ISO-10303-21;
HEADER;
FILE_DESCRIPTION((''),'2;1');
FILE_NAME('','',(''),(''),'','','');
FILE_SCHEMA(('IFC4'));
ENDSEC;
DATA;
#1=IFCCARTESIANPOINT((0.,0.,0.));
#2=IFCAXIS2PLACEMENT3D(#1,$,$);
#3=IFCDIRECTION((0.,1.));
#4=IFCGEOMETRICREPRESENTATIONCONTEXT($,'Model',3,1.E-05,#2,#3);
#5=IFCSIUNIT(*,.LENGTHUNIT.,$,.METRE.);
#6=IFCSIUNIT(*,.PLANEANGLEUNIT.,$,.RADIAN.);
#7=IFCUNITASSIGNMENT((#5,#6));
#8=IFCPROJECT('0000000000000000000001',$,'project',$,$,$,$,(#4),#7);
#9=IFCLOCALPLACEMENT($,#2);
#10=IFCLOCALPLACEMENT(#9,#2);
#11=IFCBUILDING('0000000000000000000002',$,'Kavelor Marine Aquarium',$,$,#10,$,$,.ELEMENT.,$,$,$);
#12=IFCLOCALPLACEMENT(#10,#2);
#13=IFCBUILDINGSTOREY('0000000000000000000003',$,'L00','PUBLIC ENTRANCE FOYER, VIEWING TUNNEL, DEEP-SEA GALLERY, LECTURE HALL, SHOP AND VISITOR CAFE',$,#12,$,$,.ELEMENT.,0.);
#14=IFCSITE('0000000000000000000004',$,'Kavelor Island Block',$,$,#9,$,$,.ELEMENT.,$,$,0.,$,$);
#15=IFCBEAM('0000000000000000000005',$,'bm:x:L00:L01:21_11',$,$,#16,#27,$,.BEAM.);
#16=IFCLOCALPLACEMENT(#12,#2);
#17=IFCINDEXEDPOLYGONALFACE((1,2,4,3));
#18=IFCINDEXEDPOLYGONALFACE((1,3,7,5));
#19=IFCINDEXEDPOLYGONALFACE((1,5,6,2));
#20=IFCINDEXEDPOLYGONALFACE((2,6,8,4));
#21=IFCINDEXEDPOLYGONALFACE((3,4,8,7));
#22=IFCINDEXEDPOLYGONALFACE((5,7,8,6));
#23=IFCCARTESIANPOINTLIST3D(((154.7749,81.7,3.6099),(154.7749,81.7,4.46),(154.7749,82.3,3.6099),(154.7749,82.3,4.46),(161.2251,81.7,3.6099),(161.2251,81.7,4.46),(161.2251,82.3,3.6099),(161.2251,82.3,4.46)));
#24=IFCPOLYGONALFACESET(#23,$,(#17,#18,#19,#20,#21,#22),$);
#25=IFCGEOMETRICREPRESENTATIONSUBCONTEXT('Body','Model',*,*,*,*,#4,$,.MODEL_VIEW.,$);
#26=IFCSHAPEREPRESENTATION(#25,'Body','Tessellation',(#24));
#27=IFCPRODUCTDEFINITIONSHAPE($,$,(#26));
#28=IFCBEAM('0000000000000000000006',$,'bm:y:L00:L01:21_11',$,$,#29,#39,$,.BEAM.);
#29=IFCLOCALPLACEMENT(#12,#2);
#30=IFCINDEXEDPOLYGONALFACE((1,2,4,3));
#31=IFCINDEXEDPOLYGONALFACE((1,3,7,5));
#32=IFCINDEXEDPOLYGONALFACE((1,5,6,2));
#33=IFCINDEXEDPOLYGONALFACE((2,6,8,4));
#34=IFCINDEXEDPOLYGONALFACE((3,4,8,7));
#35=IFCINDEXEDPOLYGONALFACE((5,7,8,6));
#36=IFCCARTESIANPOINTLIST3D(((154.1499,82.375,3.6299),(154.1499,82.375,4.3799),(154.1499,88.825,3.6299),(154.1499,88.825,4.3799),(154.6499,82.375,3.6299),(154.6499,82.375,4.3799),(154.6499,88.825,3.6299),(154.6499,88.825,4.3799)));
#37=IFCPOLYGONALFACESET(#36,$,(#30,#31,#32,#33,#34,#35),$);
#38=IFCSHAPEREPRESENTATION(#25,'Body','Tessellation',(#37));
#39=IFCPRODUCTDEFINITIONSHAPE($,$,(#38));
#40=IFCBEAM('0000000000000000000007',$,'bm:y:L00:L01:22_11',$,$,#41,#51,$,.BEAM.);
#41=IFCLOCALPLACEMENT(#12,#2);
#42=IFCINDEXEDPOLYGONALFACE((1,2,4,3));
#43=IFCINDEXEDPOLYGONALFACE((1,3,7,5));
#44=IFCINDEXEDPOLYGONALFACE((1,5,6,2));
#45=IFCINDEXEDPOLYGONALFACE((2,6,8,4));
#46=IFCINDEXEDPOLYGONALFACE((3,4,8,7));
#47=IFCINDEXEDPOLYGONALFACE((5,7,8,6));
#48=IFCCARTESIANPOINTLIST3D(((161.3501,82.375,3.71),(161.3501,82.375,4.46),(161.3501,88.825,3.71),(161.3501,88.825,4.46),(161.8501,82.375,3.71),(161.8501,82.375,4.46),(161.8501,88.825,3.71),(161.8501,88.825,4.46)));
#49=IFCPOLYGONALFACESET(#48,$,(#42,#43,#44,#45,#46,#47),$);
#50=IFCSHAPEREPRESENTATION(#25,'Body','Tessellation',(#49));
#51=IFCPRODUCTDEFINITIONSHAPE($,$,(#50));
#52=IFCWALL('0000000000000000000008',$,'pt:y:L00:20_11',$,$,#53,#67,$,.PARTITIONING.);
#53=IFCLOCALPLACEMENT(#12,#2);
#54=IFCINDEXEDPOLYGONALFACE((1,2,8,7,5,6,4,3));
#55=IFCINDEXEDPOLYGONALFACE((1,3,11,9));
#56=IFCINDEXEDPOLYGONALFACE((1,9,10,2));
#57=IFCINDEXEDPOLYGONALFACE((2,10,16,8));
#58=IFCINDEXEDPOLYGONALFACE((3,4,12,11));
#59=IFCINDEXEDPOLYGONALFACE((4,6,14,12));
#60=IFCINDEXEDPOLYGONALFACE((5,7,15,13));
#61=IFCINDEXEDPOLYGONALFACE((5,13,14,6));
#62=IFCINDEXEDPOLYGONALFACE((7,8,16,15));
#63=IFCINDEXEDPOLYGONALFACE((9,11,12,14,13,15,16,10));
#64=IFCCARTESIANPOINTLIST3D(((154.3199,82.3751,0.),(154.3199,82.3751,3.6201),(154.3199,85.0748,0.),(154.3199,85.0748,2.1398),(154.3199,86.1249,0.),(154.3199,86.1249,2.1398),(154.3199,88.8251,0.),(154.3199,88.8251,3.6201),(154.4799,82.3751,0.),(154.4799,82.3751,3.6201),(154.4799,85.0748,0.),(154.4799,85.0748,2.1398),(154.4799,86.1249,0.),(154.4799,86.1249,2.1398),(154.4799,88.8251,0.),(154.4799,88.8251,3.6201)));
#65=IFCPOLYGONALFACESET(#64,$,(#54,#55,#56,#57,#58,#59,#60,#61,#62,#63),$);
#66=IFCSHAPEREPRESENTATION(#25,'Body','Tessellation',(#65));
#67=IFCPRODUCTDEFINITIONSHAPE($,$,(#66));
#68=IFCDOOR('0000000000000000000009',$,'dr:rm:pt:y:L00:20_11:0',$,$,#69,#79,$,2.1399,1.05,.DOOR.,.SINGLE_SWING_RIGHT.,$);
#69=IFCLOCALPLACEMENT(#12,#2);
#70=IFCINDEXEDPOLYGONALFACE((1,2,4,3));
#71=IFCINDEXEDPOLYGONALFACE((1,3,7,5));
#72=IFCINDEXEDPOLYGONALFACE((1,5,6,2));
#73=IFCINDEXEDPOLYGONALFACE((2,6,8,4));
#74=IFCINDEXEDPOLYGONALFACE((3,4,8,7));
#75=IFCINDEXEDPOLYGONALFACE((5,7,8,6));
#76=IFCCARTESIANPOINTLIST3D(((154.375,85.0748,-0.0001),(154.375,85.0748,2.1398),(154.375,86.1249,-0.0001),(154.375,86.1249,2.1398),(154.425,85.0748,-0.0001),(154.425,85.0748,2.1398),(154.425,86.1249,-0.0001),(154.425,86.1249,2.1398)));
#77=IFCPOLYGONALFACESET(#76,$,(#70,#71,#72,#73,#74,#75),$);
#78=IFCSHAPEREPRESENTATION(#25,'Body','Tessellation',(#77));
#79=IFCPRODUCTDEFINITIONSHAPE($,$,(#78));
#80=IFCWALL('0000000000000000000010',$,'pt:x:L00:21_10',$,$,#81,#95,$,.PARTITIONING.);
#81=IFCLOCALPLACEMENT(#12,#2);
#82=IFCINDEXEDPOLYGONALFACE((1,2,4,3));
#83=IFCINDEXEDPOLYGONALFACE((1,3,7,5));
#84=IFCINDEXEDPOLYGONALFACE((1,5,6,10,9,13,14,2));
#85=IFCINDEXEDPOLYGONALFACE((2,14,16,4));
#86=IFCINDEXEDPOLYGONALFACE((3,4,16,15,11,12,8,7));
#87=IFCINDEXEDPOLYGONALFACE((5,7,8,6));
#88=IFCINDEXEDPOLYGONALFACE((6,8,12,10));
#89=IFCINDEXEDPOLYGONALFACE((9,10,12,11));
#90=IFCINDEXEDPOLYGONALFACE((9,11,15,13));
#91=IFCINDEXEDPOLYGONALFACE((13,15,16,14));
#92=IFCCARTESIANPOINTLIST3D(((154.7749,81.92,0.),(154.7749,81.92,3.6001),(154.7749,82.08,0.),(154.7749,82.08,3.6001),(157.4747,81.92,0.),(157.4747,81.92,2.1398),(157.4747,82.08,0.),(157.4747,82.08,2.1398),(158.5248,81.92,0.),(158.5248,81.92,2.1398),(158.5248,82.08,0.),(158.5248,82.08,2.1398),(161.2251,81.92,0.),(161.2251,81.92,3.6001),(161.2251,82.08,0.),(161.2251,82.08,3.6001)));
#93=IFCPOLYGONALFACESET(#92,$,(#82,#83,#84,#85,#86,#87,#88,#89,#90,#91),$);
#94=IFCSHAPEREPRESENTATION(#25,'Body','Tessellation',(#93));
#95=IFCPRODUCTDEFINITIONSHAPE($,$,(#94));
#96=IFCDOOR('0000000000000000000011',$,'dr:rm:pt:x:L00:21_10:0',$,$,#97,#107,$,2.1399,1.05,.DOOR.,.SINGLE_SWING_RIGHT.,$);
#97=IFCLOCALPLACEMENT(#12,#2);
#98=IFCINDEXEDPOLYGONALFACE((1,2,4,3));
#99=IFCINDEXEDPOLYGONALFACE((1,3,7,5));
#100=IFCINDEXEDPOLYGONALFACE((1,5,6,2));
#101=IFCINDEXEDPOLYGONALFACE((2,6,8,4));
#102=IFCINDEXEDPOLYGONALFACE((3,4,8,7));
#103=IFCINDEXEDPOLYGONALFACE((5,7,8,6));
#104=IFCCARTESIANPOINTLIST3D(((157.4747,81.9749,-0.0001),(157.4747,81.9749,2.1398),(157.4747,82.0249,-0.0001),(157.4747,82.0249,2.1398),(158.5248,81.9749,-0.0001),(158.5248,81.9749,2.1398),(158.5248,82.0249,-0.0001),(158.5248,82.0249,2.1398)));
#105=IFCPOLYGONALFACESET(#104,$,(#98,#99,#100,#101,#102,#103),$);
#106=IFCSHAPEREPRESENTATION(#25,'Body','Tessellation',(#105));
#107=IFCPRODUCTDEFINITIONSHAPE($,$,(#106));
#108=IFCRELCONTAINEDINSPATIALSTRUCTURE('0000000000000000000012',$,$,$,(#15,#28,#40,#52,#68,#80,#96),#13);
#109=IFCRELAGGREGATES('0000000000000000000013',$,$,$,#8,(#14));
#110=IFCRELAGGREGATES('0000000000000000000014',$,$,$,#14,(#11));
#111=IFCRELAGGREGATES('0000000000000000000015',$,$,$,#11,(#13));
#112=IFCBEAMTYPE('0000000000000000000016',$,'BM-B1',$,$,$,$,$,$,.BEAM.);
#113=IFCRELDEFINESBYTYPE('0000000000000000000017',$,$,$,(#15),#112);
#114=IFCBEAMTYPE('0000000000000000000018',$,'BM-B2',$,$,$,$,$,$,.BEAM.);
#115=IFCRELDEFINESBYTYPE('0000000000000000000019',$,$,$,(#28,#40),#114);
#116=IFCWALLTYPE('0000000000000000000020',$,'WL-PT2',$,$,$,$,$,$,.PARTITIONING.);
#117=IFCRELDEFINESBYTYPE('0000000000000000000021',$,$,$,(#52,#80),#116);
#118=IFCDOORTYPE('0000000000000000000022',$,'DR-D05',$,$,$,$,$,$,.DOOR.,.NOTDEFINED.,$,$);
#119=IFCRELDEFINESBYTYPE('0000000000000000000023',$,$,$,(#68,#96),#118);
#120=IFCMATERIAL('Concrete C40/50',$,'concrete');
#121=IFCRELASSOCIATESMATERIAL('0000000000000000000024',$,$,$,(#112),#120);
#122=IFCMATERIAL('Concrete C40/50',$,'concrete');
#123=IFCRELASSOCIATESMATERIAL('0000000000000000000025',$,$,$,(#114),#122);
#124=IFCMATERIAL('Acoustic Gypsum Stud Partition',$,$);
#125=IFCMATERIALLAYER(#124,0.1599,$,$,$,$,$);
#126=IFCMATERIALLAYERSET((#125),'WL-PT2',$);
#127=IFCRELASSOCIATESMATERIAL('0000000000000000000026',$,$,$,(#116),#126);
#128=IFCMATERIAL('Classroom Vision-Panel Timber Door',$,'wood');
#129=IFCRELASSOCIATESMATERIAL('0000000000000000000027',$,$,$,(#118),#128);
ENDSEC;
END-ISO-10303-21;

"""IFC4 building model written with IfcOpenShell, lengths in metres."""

from ifc_helpers import new_model, si_unit, direction, frame, frame_2d, origin, origin_2d, place, context, subcontext, project, spatial, rectangle, extrude, material, layer, layer_set, material_profile, profile_set, type_object, element, fill, save


model = new_model("IFC4")

# Units and contexts
model_context = context("Model", 3, precision=1e-05, world=origin(), true_north=direction((0.0, 1.0)))
body_context = subcontext(model_context, "Body", "Model", "MODEL_VIEW")
ifc_project = project(units=[si_unit("LENGTHUNIT", "METRE"), si_unit("PLANEANGLEUNIT", "RADIAN")], contexts=[model_context])

# Site, building, storey
site_placement = place(None, origin())
site = spatial("IfcSite", under=ifc_project, at=site_placement, Name="Kavelor Island Block", CompositionType="ELEMENT", RefElevation=0.0)
building_placement = place(site_placement, origin())
building = spatial("IfcBuilding", under=site, at=building_placement, Name="Kavelor Marine Aquarium", CompositionType="ELEMENT")
storey_placement = place(building_placement, origin())
storey = spatial("IfcBuildingStorey", under=building, at=storey_placement, Name="L00", Description="PUBLIC ENTRANCE FOYER, VIEWING TUNNEL, DEEP-SEA GALLERY, LECTURE HALL, SHOP AND VISITOR CAFE", CompositionType="ELEMENT", Elevation=0.0)

# Beams
ifc_material_1 = material(Name="Concrete C40/50", Category="concrete")
ifc_material_profile_1 = material_profile(ifc_material_1, rectangle(XDim=0.6001, YDim=0.8501, at=origin_2d()), Name="RC-BM 600x850")
ifc_profile_set_1 = profile_set([ifc_material_profile_1], Name="Concrete C40/50")
beam_type_1 = type_object("IfcBeamType", Name="BM-B1", PredefinedType="BEAM", material=ifc_profile_set_1)
beam_placement = place(storey_placement, frame((154.7749, 82.0, 4.0349), z_axis=(1.0, 0.0, 0.0), x_axis=(0.0, 1.0, 0.0)))
element("IfcBeam", 1, at=beam_placement, inside=storey, type_object=beam_type_1, Name="bm:x:L00:L01:21_11", PredefinedType="BEAM", context=body_context, shape_type="SweptSolid", body=[
    extrude(rectangle(XDim=0.6001, YDim=0.8501, at=origin_2d()), origin(), (0.0, 0.0, 1.0), 6.4502),
])
ifc_material_2 = material(Name="Concrete C40/50", Category="concrete")
ifc_material_profile_2 = material_profile(ifc_material_2, rectangle(XDim=0.5, YDim=0.75, at=origin_2d()), Name="RC-BM 500x750")
ifc_profile_set_2 = profile_set([ifc_material_profile_2], Name="Concrete C40/50")
beam_type_2 = type_object("IfcBeamType", Name="BM-B2", PredefinedType="BEAM", material=ifc_profile_set_2)
for number, where, z_axis, x_axis, name in (
    (2, (154.3999, 82.375, 4.0049), (0.0, 1.0, 0.0), (-1.0, 0.0, 0.0), "bm:y:L00:L01:21_11"),
    (3, (161.6001, 82.375, 4.085), (0.0, 1.0, 0.0), (-1.0, 0.0, 0.0), "bm:y:L00:L01:22_11"),
):
    element("IfcBeam", number, at=place(storey_placement, frame(where, z_axis=z_axis, x_axis=x_axis)), inside=storey, type_object=beam_type_2, Name=name, PredefinedType="BEAM", context=body_context, shape_type="SweptSolid", body=[
        extrude(rectangle(XDim=0.5, YDim=0.75, at=origin_2d()), origin(), (0.0, 0.0, 1.0), 6.45),
    ])

# Walls, openings, doors
ifc_material_3 = material(Name="Acoustic Gypsum Stud Partition")
ifc_layer = layer(ifc_material_3, 0.1599)
ifc_layer_set = layer_set([ifc_layer], Name="WL-PT2")
wall_type = type_object("IfcWallType", Name="WL-PT2", PredefinedType="PARTITIONING", material=ifc_layer_set)
wall_1_placement = place(storey_placement, frame((154.3999, 82.375, 0.0), z_axis=(0.0, 0.0, 1.0), x_axis=(0.0, 1.0, 0.0)))
wall_1 = element("IfcWall", 4, at=wall_1_placement, inside=storey, type_object=wall_type, Name="pt:y:L00:20_11", PredefinedType="PARTITIONING", context=body_context, shape_type="SweptSolid", body=[
    extrude(rectangle(XDim=6.45, YDim=0.1599, at=frame_2d((3.2251, 0.0))), origin(), (0.0, 0.0, 1.0), 3.6201),
])
opening_1_placement = place(wall_1_placement, frame((2.7, 0.0, 0.0)))
opening_1 = element("IfcOpeningElement", 5, at=opening_1_placement, cuts=wall_1, PredefinedType="OPENING", context=body_context, shape_type="SweptSolid", body=[
    extrude(rectangle(XDim=1.05, YDim=2.1399, at=frame_2d((0.5249, 1.0698))), frame((0.0, 0.0898, 0.0), z_axis=(0.0, -1.0, 0.0), x_axis=(1.0, 0.0, 0.0)), (0.0, 0.0, 1.0), 0.1799),
])
ifc_material_4 = material(Name="Classroom Vision-Panel Timber Door", Category="wood")
door_type = type_object("IfcDoorType", Name="DR-D05", OperationType="NOTDEFINED", PredefinedType="DOOR", material=ifc_material_4)
door_1_placement = place(opening_1_placement, origin())
door_1 = element("IfcDoor", 6, at=door_1_placement, inside=storey, type_object=door_type, Name="dr:rm:pt:y:L00:20_11:0", OperationType="SINGLE_SWING_RIGHT", OverallHeight=2.1399, OverallWidth=1.05, PredefinedType="DOOR", context=body_context, shape_type="SweptSolid", body=[
    extrude(rectangle(XDim=1.05, YDim=2.1399, at=frame_2d((0.5249, 1.0698))), frame((0.0, 0.0249, 0.0), z_axis=(0.0, -1.0, 0.0), x_axis=(1.0, 0.0, 0.0)), (0.0, 0.0, 1.0), 0.05),
])
fill(opening_1, door_1)
wall_2_placement = place(storey_placement, frame((154.7749, 82.0, 0.0), z_axis=(0.0, 0.0, 1.0), x_axis=(1.0, 0.0, 0.0)))
wall_2 = element("IfcWall", 7, at=wall_2_placement, inside=storey, type_object=wall_type, Name="pt:x:L00:21_10", PredefinedType="PARTITIONING", context=body_context, shape_type="SweptSolid", body=[
    extrude(rectangle(XDim=6.4502, YDim=0.1599, at=frame_2d((3.2251, 0.0))), origin(), (0.0, 0.0, 1.0), 3.6001),
])
opening_2_placement = place(wall_2_placement, frame((2.7, 0.0, 0.0)))
opening_2 = element("IfcOpeningElement", 8, at=opening_2_placement, cuts=wall_2, PredefinedType="OPENING", context=body_context, shape_type="SweptSolid", body=[
    extrude(rectangle(XDim=1.05, YDim=2.1399, at=frame_2d((0.5249, 1.0698))), frame((0.0, 0.0898, 0.0), z_axis=(0.0, -1.0, 0.0), x_axis=(1.0, 0.0, 0.0)), (0.0, 0.0, 1.0), 0.1799),
])
door_2_placement = place(opening_2_placement, origin())
door_2 = element("IfcDoor", 9, at=door_2_placement, inside=storey, type_object=door_type, Name="dr:rm:pt:x:L00:21_10:0", OperationType="SINGLE_SWING_RIGHT", OverallHeight=2.1399, OverallWidth=1.05, PredefinedType="DOOR", context=body_context, shape_type="SweptSolid", body=[
    extrude(rectangle(XDim=1.05, YDim=2.1399, at=frame_2d((0.5249, 1.0698))), frame((0.0, 0.0249, 0.0), z_axis=(0.0, -1.0, 0.0), x_axis=(1.0, 0.0, 0.0)), (0.0, 0.0, 1.0), 0.05),
])
fill(opening_2, door_2)

save(model, "model.ifc")
